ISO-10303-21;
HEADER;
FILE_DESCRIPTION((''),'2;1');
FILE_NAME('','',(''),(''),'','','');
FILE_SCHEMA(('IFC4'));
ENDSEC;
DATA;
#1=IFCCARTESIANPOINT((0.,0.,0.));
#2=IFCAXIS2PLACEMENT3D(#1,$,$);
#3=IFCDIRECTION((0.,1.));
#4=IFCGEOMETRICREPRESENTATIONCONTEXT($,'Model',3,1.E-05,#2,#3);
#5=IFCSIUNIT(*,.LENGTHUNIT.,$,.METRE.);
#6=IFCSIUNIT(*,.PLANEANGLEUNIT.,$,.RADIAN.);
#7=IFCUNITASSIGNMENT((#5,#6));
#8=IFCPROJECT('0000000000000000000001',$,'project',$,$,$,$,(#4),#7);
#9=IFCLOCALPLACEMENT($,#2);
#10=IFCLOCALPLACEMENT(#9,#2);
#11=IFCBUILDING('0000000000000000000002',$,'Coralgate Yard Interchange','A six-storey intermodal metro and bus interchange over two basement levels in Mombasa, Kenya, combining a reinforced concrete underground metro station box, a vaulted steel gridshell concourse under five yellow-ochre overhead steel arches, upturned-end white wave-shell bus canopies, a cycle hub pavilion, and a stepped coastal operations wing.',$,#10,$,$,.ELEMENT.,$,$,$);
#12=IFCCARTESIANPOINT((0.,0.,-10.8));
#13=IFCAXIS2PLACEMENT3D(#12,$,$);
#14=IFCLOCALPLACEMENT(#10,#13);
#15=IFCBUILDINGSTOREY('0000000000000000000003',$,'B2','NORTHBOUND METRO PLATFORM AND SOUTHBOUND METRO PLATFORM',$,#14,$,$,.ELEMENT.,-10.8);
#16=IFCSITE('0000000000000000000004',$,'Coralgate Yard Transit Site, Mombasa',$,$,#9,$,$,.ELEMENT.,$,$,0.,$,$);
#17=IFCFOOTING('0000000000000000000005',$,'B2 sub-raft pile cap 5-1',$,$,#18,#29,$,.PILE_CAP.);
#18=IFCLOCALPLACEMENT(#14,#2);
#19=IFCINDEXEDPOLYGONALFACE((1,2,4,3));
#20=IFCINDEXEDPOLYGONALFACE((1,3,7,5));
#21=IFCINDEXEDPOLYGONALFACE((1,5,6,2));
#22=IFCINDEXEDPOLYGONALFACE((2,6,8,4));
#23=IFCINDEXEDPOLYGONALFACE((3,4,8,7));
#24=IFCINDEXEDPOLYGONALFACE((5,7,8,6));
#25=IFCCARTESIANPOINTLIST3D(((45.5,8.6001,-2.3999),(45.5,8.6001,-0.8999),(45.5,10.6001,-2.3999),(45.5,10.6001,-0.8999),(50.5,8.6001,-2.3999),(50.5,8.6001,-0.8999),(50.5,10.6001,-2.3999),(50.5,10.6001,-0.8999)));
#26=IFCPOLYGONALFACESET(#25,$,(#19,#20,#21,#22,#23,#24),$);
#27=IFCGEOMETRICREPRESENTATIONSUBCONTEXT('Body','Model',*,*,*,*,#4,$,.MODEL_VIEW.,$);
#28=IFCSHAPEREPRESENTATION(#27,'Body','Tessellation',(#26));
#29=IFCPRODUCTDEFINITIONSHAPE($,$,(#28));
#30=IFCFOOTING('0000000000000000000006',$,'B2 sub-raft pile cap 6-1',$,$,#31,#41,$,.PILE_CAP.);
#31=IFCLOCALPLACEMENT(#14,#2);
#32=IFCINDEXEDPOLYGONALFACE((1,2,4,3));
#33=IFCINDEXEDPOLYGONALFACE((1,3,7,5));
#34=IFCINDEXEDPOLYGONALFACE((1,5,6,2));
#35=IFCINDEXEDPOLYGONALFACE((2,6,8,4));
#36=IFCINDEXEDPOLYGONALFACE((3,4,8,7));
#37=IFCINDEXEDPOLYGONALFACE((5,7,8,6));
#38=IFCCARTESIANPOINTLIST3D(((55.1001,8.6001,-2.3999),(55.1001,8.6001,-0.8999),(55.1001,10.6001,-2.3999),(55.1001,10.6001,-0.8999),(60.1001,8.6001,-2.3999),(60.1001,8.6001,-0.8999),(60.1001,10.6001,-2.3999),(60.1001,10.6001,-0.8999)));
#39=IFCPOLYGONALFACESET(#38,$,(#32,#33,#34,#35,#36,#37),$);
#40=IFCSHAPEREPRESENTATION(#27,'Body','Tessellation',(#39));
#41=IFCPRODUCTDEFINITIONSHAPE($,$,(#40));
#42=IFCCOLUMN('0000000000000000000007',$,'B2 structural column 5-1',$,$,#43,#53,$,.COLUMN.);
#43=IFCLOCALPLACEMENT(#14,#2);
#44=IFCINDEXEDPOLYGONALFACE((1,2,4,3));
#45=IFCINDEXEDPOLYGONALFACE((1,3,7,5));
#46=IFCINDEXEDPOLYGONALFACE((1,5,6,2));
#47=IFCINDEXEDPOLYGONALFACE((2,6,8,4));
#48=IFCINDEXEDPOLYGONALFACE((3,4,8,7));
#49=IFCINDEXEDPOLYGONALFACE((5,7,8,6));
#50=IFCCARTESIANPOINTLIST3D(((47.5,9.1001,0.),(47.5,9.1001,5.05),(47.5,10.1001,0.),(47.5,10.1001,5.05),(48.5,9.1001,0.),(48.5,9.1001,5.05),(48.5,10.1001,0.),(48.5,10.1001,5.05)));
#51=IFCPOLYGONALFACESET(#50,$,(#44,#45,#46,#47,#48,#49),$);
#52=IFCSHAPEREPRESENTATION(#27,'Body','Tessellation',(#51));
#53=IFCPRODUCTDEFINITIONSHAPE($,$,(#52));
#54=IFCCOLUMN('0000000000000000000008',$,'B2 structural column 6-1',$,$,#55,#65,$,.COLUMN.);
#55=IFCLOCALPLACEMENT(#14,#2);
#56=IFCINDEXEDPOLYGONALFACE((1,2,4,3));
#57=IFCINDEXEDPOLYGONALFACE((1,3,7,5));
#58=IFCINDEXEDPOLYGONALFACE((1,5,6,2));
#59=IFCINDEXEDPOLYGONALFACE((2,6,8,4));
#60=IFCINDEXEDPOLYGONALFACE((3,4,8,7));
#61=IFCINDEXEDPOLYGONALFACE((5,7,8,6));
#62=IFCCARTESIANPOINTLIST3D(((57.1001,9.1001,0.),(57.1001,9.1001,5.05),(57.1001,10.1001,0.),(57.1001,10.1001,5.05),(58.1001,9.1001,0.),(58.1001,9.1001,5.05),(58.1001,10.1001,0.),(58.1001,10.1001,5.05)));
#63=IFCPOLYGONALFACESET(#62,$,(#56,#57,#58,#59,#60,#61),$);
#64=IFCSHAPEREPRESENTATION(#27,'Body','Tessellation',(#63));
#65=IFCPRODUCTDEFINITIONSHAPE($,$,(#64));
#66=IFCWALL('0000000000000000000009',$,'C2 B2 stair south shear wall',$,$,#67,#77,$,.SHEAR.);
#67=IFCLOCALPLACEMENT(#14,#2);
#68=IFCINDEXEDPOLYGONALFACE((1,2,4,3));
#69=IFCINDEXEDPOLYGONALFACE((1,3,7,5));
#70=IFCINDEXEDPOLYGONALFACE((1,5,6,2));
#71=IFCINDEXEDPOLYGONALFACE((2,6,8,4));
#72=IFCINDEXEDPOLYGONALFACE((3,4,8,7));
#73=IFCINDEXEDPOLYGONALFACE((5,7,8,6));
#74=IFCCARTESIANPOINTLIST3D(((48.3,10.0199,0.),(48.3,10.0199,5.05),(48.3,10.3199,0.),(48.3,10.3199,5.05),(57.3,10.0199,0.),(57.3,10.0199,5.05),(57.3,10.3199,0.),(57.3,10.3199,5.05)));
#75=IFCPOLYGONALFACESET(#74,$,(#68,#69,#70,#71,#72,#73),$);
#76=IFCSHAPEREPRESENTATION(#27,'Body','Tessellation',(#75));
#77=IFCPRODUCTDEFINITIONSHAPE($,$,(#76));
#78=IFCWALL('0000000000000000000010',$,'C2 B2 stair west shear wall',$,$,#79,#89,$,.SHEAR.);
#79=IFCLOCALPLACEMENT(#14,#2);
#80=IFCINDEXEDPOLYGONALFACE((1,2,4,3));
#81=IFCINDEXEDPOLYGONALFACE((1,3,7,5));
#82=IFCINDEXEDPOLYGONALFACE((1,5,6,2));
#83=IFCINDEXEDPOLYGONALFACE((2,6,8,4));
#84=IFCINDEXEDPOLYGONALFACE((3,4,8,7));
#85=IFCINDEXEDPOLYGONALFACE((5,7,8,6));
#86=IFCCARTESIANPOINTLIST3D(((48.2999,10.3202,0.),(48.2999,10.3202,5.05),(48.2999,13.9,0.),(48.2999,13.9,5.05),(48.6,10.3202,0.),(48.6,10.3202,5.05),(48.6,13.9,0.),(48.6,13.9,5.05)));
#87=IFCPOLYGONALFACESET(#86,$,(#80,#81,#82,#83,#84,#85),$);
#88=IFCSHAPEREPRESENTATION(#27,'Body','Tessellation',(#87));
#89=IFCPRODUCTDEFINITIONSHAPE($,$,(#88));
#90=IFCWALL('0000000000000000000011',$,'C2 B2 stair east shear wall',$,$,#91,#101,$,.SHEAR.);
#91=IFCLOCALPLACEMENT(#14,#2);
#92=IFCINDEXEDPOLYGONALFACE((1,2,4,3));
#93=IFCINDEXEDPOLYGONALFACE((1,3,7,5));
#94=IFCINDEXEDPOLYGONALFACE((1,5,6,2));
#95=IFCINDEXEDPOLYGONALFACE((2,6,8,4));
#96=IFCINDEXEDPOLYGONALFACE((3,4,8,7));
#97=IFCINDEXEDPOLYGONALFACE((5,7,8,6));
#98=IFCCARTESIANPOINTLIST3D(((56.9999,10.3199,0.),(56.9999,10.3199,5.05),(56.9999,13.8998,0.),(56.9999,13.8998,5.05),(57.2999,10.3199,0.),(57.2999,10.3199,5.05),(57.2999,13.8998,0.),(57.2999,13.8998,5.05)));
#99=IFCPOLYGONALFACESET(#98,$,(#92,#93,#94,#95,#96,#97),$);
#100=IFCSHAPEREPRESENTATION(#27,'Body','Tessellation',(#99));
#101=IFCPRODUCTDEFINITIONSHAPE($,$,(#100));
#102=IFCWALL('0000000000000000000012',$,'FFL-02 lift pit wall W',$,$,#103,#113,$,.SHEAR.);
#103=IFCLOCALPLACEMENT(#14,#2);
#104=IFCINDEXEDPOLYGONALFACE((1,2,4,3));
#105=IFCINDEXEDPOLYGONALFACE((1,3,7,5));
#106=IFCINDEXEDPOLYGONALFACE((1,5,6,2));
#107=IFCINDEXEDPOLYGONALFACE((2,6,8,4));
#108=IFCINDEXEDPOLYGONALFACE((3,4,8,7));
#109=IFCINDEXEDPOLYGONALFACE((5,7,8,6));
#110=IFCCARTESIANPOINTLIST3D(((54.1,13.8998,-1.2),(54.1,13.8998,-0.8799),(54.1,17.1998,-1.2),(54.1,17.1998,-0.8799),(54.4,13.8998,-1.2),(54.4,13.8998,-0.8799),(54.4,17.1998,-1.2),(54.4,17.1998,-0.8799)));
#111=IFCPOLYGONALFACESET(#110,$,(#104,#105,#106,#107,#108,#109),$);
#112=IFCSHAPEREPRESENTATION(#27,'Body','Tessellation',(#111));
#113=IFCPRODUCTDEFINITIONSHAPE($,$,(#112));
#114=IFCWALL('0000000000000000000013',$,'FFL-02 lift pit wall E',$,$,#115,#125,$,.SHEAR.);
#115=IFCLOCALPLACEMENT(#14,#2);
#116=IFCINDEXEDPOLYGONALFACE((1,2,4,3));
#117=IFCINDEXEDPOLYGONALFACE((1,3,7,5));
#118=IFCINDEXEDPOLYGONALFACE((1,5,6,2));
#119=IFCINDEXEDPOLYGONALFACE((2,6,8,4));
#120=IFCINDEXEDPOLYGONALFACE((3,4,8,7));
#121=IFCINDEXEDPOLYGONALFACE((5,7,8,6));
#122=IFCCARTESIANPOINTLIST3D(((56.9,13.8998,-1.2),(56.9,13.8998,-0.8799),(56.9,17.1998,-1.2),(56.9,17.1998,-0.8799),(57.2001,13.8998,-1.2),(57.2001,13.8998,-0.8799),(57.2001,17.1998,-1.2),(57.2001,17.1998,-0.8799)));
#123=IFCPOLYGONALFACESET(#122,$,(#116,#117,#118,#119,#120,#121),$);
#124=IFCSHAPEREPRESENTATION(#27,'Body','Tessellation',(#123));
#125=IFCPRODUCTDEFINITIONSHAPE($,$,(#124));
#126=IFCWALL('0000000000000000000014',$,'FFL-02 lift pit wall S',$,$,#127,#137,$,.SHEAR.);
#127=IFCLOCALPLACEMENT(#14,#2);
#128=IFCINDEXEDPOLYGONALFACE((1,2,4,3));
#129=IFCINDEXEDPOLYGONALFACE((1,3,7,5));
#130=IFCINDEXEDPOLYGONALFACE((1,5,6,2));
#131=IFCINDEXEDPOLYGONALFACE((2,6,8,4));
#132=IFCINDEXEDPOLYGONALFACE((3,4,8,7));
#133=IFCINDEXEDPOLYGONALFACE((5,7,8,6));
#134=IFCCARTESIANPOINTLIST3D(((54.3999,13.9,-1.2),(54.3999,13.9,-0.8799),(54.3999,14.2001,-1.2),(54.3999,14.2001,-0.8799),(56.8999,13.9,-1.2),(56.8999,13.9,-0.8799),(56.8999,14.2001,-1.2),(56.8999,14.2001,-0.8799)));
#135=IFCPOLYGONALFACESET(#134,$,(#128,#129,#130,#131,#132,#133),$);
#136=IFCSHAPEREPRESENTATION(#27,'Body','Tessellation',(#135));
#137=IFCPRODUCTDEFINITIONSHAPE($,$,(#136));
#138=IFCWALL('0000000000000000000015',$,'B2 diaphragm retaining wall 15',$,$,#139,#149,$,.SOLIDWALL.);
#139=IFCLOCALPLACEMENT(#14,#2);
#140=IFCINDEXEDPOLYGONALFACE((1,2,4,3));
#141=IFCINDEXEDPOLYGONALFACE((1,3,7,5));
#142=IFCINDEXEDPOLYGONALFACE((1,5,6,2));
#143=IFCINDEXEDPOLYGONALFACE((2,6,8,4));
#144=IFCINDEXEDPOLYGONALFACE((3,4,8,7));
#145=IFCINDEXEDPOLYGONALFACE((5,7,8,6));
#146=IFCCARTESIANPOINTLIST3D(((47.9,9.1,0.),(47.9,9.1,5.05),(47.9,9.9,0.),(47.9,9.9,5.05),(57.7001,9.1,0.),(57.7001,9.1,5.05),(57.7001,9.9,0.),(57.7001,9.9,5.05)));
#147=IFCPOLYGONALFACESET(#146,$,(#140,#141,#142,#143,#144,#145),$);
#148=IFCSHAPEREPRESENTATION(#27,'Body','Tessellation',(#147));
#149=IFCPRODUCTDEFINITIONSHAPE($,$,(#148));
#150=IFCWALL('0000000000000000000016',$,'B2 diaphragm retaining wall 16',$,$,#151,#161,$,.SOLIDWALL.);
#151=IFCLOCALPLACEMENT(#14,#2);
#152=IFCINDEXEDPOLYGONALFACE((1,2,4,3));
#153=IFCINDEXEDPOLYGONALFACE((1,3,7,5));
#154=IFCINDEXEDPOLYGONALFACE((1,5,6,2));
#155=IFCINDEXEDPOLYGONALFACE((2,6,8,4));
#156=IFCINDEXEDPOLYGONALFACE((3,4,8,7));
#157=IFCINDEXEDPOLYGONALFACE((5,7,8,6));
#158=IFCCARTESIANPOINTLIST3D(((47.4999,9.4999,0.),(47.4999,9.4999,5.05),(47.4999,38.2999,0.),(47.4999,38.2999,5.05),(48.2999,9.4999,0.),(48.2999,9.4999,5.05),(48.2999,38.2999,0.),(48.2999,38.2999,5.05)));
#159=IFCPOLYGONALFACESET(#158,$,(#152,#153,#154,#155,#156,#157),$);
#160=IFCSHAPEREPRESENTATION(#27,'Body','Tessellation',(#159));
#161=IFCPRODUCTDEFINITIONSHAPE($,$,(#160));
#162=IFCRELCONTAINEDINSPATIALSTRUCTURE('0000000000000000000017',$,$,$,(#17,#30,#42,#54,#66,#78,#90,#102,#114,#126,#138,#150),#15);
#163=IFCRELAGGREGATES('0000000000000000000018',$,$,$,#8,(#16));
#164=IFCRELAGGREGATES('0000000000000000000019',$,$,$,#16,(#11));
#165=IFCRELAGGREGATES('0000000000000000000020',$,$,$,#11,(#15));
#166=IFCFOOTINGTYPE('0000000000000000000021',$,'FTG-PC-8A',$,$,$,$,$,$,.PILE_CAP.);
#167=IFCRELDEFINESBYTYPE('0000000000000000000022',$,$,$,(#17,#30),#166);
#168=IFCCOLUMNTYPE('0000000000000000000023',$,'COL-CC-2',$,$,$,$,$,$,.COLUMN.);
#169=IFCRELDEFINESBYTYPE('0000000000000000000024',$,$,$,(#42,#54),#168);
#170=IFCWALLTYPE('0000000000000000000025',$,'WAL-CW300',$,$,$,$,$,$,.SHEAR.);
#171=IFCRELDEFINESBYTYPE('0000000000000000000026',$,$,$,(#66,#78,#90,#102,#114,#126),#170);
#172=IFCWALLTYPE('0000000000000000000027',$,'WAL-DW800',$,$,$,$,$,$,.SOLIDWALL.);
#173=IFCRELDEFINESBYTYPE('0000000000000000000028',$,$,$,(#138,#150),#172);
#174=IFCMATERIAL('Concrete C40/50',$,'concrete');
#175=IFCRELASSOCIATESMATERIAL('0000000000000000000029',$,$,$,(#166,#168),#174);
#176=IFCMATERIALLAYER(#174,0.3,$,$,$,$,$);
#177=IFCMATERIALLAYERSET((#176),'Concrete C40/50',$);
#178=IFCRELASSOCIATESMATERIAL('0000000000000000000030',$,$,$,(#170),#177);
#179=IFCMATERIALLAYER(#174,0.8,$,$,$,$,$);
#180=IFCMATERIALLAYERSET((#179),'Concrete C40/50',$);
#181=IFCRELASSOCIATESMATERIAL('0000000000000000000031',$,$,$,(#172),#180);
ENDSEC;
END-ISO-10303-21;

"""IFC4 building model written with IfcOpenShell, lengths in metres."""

from ifc_helpers import new_model, si_unit, direction, frame, frame_2d, origin, origin_2d, place, context, subcontext, project, spatial, rectangle, extrude, material, layer, layer_set, material_profile, profile_set, type_object, element, save


model = new_model("IFC4")

# Units and contexts
model_context = context("Model", 3, precision=1e-05, world=origin(), true_north=direction((0.0, 1.0)))
body_context = subcontext(model_context, "Body", "Model", "MODEL_VIEW")
ifc_project = project(units=[si_unit("LENGTHUNIT", "METRE"), si_unit("PLANEANGLEUNIT", "RADIAN")], contexts=[model_context])

# Site, building, storey
site_placement = place(None, origin())
site = spatial("IfcSite", under=ifc_project, at=site_placement, Name="Coralgate Yard Transit Site, Mombasa", CompositionType="ELEMENT", RefElevation=0.0)
building_placement = place(site_placement, origin())
building = spatial("IfcBuilding", under=site, at=building_placement, Name="Coralgate Yard Interchange", Description="A six-storey intermodal metro and bus interchange over two basement levels in Mombasa, Kenya, combining a reinforced concrete underground metro station box, a vaulted steel gridshell concourse under five yellow-ochre overhead steel arches, upturned-end white wave-shell bus canopies, a cycle hub pavilion, and a stepped coastal operations wing.", CompositionType="ELEMENT")
storey_placement = place(building_placement, frame((0.0, 0.0, -10.8)))
storey = spatial("IfcBuildingStorey", under=building, at=storey_placement, Name="B2", Description="NORTHBOUND METRO PLATFORM AND SOUTHBOUND METRO PLATFORM", CompositionType="ELEMENT", Elevation=-10.8)

# Footings
ifc_material_1 = material(Name="Concrete C40/50", Category="concrete")
footing_type = type_object("IfcFootingType", Name="FTG-PC-8A", PredefinedType="PILE_CAP", material=ifc_material_1)
for number, where, z_axis, x_axis, name in (
    (1, (48.0, 9.6001, -2.3999), (0.0, 0.0, 1.0), (1.0, 0.0, 0.0), "B2 sub-raft pile cap 5-1"),
    (2, (57.6001, 9.6001, -2.3999), (0.0, 0.0, 1.0), (1.0, 0.0, 0.0), "B2 sub-raft pile cap 6-1"),
):
    element("IfcFooting", number, at=place(storey_placement, frame(where, z_axis=z_axis, x_axis=x_axis)), inside=storey, type_object=footing_type, Name=name, PredefinedType="PILE_CAP", context=body_context, shape_type="SweptSolid", body=[
        extrude(rectangle(XDim=5.0, YDim=2.0, at=origin_2d()), origin(), (0.0, 0.0, 1.0), 1.5),
    ])

# Columns
ifc_material_profile = material_profile(ifc_material_1, rectangle(XDim=1.0, YDim=1.0, at=origin_2d()), Name="RC 1000x1000")
ifc_profile_set = profile_set([ifc_material_profile], Name="Concrete C40/50")
column_type = type_object("IfcColumnType", Name="COL-CC-2", PredefinedType="COLUMN", material=ifc_profile_set)
for number, where, z_axis, x_axis, name in (
    (3, (48.0, 9.6001, 0.0), (0.0, 0.0, 1.0), (1.0, 0.0, 0.0), "B2 structural column 5-1"),
    (4, (57.6001, 9.6001, 0.0), (0.0, 0.0, 1.0), (1.0, 0.0, 0.0), "B2 structural column 6-1"),
):
    element("IfcColumn", number, at=place(storey_placement, frame(where, z_axis=z_axis, x_axis=x_axis)), inside=storey, type_object=column_type, Name=name, PredefinedType="COLUMN", context=body_context, shape_type="SweptSolid", body=[
        extrude(rectangle(XDim=1.0, YDim=1.0, at=origin_2d()), origin(), (0.0, 0.0, 1.0), 5.05),
    ])

# Walls
ifc_layer_1 = layer(ifc_material_1, 0.3)
ifc_layer_set_1 = layer_set([ifc_layer_1], Name="Concrete C40/50")
wall_type_1 = type_object("IfcWallType", Name="WAL-CW300", PredefinedType="SHEAR", material=ifc_layer_set_1)
wall_1_placement = place(storey_placement, frame((48.3, 10.1699, 0.0), z_axis=(0.0, 0.0, 1.0), x_axis=(1.0, 0.0, 0.0)))
element("IfcWall", 5, at=wall_1_placement, inside=storey, type_object=wall_type_1, Name="C2 B2 stair south shear wall", PredefinedType="SHEAR", context=body_context, shape_type="SweptSolid", body=[
    extrude(rectangle(XDim=9.0, YDim=0.3, at=frame_2d((4.5, 0.0))), origin(), (0.0, 0.0, 1.0), 5.05),
])
for number, where, z_axis, x_axis, name in (
    (6, (48.45, 10.3201, 0.0), (0.0, 0.0, 1.0), (0.0, 1.0, 0.0), "C2 B2 stair west shear wall"),
    (7, (57.1499, 13.8999, 0.0), (0.0, 0.0, 1.0), (0.0, -1.0, 0.0), "C2 B2 stair east shear wall"),
):
    element("IfcWall", number, at=place(storey_placement, frame(where, z_axis=z_axis, x_axis=x_axis)), inside=storey, type_object=wall_type_1, Name=name, PredefinedType="SHEAR", context=body_context, shape_type="SweptSolid", body=[
        extrude(rectangle(XDim=3.5798, YDim=0.3, at=frame_2d((1.79, 0.0))), origin(), (0.0, 0.0, 1.0), 5.05),
    ])
for number, where, z_axis, x_axis, name in (
    (8, (54.25, 13.8999, -1.2), (0.0, 0.0, 1.0), (0.0, 1.0, 0.0), "FFL-02 lift pit wall W"),
    (9, (57.05, 13.8999, -1.2), (0.0, 0.0, 1.0), (0.0, 1.0, 0.0), "FFL-02 lift pit wall E"),
):
    element("IfcWall", number, at=place(storey_placement, frame(where, z_axis=z_axis, x_axis=x_axis)), inside=storey, type_object=wall_type_1, Name=name, PredefinedType="SHEAR", context=body_context, shape_type="SweptSolid", body=[
        extrude(rectangle(XDim=3.3, YDim=0.3, at=frame_2d((1.6499, 0.0))), origin(), (0.0, 0.0, 1.0), 0.3201),
    ])
wall_2_placement = place(storey_placement, frame((54.3999, 14.05, -1.2), z_axis=(0.0, 0.0, 1.0), x_axis=(1.0, 0.0, 0.0)))
element("IfcWall", 10, at=wall_2_placement, inside=storey, type_object=wall_type_1, Name="FFL-02 lift pit wall S", PredefinedType="SHEAR", context=body_context, shape_type="SweptSolid", body=[
    extrude(rectangle(XDim=2.5, YDim=0.3, at=frame_2d((1.25, 0.0))), origin(), (0.0, 0.0, 1.0), 0.3201),
])
ifc_layer_2 = layer(ifc_material_1, 0.8)
ifc_layer_set_2 = layer_set([ifc_layer_2], Name="Concrete C40/50")
wall_type_2 = type_object("IfcWallType", Name="WAL-DW800", PredefinedType="SOLIDWALL", material=ifc_layer_set_2)
wall_3_placement = place(storey_placement, frame((57.7, 9.5, 0.0), z_axis=(0.0, 0.0, 1.0), x_axis=(-1.0, 0.0, 0.0)))
element("IfcWall", 11, at=wall_3_placement, inside=storey, type_object=wall_type_2, Name="B2 diaphragm retaining wall 15", PredefinedType="SOLIDWALL", context=body_context, shape_type="SweptSolid", body=[
    extrude(rectangle(XDim=9.8, YDim=0.8, at=frame_2d((4.8999, 0.0))), origin(), (0.0, 0.0, 1.0), 5.05),
])
wall_4_placement = place(storey_placement, frame((47.8999, 9.5, 0.0), z_axis=(0.0, 0.0, 1.0), x_axis=(0.0, 1.0, 0.0)))
element("IfcWall", 12, at=wall_4_placement, inside=storey, type_object=wall_type_2, Name="B2 diaphragm retaining wall 16", PredefinedType="SOLIDWALL", context=body_context, shape_type="SweptSolid", body=[
    extrude(rectangle(XDim=28.8, YDim=0.8, at=frame_2d((14.3999, 0.0))), origin(), (0.0, 0.0, 1.0), 5.05),
])

save(model, "model.ifc")
